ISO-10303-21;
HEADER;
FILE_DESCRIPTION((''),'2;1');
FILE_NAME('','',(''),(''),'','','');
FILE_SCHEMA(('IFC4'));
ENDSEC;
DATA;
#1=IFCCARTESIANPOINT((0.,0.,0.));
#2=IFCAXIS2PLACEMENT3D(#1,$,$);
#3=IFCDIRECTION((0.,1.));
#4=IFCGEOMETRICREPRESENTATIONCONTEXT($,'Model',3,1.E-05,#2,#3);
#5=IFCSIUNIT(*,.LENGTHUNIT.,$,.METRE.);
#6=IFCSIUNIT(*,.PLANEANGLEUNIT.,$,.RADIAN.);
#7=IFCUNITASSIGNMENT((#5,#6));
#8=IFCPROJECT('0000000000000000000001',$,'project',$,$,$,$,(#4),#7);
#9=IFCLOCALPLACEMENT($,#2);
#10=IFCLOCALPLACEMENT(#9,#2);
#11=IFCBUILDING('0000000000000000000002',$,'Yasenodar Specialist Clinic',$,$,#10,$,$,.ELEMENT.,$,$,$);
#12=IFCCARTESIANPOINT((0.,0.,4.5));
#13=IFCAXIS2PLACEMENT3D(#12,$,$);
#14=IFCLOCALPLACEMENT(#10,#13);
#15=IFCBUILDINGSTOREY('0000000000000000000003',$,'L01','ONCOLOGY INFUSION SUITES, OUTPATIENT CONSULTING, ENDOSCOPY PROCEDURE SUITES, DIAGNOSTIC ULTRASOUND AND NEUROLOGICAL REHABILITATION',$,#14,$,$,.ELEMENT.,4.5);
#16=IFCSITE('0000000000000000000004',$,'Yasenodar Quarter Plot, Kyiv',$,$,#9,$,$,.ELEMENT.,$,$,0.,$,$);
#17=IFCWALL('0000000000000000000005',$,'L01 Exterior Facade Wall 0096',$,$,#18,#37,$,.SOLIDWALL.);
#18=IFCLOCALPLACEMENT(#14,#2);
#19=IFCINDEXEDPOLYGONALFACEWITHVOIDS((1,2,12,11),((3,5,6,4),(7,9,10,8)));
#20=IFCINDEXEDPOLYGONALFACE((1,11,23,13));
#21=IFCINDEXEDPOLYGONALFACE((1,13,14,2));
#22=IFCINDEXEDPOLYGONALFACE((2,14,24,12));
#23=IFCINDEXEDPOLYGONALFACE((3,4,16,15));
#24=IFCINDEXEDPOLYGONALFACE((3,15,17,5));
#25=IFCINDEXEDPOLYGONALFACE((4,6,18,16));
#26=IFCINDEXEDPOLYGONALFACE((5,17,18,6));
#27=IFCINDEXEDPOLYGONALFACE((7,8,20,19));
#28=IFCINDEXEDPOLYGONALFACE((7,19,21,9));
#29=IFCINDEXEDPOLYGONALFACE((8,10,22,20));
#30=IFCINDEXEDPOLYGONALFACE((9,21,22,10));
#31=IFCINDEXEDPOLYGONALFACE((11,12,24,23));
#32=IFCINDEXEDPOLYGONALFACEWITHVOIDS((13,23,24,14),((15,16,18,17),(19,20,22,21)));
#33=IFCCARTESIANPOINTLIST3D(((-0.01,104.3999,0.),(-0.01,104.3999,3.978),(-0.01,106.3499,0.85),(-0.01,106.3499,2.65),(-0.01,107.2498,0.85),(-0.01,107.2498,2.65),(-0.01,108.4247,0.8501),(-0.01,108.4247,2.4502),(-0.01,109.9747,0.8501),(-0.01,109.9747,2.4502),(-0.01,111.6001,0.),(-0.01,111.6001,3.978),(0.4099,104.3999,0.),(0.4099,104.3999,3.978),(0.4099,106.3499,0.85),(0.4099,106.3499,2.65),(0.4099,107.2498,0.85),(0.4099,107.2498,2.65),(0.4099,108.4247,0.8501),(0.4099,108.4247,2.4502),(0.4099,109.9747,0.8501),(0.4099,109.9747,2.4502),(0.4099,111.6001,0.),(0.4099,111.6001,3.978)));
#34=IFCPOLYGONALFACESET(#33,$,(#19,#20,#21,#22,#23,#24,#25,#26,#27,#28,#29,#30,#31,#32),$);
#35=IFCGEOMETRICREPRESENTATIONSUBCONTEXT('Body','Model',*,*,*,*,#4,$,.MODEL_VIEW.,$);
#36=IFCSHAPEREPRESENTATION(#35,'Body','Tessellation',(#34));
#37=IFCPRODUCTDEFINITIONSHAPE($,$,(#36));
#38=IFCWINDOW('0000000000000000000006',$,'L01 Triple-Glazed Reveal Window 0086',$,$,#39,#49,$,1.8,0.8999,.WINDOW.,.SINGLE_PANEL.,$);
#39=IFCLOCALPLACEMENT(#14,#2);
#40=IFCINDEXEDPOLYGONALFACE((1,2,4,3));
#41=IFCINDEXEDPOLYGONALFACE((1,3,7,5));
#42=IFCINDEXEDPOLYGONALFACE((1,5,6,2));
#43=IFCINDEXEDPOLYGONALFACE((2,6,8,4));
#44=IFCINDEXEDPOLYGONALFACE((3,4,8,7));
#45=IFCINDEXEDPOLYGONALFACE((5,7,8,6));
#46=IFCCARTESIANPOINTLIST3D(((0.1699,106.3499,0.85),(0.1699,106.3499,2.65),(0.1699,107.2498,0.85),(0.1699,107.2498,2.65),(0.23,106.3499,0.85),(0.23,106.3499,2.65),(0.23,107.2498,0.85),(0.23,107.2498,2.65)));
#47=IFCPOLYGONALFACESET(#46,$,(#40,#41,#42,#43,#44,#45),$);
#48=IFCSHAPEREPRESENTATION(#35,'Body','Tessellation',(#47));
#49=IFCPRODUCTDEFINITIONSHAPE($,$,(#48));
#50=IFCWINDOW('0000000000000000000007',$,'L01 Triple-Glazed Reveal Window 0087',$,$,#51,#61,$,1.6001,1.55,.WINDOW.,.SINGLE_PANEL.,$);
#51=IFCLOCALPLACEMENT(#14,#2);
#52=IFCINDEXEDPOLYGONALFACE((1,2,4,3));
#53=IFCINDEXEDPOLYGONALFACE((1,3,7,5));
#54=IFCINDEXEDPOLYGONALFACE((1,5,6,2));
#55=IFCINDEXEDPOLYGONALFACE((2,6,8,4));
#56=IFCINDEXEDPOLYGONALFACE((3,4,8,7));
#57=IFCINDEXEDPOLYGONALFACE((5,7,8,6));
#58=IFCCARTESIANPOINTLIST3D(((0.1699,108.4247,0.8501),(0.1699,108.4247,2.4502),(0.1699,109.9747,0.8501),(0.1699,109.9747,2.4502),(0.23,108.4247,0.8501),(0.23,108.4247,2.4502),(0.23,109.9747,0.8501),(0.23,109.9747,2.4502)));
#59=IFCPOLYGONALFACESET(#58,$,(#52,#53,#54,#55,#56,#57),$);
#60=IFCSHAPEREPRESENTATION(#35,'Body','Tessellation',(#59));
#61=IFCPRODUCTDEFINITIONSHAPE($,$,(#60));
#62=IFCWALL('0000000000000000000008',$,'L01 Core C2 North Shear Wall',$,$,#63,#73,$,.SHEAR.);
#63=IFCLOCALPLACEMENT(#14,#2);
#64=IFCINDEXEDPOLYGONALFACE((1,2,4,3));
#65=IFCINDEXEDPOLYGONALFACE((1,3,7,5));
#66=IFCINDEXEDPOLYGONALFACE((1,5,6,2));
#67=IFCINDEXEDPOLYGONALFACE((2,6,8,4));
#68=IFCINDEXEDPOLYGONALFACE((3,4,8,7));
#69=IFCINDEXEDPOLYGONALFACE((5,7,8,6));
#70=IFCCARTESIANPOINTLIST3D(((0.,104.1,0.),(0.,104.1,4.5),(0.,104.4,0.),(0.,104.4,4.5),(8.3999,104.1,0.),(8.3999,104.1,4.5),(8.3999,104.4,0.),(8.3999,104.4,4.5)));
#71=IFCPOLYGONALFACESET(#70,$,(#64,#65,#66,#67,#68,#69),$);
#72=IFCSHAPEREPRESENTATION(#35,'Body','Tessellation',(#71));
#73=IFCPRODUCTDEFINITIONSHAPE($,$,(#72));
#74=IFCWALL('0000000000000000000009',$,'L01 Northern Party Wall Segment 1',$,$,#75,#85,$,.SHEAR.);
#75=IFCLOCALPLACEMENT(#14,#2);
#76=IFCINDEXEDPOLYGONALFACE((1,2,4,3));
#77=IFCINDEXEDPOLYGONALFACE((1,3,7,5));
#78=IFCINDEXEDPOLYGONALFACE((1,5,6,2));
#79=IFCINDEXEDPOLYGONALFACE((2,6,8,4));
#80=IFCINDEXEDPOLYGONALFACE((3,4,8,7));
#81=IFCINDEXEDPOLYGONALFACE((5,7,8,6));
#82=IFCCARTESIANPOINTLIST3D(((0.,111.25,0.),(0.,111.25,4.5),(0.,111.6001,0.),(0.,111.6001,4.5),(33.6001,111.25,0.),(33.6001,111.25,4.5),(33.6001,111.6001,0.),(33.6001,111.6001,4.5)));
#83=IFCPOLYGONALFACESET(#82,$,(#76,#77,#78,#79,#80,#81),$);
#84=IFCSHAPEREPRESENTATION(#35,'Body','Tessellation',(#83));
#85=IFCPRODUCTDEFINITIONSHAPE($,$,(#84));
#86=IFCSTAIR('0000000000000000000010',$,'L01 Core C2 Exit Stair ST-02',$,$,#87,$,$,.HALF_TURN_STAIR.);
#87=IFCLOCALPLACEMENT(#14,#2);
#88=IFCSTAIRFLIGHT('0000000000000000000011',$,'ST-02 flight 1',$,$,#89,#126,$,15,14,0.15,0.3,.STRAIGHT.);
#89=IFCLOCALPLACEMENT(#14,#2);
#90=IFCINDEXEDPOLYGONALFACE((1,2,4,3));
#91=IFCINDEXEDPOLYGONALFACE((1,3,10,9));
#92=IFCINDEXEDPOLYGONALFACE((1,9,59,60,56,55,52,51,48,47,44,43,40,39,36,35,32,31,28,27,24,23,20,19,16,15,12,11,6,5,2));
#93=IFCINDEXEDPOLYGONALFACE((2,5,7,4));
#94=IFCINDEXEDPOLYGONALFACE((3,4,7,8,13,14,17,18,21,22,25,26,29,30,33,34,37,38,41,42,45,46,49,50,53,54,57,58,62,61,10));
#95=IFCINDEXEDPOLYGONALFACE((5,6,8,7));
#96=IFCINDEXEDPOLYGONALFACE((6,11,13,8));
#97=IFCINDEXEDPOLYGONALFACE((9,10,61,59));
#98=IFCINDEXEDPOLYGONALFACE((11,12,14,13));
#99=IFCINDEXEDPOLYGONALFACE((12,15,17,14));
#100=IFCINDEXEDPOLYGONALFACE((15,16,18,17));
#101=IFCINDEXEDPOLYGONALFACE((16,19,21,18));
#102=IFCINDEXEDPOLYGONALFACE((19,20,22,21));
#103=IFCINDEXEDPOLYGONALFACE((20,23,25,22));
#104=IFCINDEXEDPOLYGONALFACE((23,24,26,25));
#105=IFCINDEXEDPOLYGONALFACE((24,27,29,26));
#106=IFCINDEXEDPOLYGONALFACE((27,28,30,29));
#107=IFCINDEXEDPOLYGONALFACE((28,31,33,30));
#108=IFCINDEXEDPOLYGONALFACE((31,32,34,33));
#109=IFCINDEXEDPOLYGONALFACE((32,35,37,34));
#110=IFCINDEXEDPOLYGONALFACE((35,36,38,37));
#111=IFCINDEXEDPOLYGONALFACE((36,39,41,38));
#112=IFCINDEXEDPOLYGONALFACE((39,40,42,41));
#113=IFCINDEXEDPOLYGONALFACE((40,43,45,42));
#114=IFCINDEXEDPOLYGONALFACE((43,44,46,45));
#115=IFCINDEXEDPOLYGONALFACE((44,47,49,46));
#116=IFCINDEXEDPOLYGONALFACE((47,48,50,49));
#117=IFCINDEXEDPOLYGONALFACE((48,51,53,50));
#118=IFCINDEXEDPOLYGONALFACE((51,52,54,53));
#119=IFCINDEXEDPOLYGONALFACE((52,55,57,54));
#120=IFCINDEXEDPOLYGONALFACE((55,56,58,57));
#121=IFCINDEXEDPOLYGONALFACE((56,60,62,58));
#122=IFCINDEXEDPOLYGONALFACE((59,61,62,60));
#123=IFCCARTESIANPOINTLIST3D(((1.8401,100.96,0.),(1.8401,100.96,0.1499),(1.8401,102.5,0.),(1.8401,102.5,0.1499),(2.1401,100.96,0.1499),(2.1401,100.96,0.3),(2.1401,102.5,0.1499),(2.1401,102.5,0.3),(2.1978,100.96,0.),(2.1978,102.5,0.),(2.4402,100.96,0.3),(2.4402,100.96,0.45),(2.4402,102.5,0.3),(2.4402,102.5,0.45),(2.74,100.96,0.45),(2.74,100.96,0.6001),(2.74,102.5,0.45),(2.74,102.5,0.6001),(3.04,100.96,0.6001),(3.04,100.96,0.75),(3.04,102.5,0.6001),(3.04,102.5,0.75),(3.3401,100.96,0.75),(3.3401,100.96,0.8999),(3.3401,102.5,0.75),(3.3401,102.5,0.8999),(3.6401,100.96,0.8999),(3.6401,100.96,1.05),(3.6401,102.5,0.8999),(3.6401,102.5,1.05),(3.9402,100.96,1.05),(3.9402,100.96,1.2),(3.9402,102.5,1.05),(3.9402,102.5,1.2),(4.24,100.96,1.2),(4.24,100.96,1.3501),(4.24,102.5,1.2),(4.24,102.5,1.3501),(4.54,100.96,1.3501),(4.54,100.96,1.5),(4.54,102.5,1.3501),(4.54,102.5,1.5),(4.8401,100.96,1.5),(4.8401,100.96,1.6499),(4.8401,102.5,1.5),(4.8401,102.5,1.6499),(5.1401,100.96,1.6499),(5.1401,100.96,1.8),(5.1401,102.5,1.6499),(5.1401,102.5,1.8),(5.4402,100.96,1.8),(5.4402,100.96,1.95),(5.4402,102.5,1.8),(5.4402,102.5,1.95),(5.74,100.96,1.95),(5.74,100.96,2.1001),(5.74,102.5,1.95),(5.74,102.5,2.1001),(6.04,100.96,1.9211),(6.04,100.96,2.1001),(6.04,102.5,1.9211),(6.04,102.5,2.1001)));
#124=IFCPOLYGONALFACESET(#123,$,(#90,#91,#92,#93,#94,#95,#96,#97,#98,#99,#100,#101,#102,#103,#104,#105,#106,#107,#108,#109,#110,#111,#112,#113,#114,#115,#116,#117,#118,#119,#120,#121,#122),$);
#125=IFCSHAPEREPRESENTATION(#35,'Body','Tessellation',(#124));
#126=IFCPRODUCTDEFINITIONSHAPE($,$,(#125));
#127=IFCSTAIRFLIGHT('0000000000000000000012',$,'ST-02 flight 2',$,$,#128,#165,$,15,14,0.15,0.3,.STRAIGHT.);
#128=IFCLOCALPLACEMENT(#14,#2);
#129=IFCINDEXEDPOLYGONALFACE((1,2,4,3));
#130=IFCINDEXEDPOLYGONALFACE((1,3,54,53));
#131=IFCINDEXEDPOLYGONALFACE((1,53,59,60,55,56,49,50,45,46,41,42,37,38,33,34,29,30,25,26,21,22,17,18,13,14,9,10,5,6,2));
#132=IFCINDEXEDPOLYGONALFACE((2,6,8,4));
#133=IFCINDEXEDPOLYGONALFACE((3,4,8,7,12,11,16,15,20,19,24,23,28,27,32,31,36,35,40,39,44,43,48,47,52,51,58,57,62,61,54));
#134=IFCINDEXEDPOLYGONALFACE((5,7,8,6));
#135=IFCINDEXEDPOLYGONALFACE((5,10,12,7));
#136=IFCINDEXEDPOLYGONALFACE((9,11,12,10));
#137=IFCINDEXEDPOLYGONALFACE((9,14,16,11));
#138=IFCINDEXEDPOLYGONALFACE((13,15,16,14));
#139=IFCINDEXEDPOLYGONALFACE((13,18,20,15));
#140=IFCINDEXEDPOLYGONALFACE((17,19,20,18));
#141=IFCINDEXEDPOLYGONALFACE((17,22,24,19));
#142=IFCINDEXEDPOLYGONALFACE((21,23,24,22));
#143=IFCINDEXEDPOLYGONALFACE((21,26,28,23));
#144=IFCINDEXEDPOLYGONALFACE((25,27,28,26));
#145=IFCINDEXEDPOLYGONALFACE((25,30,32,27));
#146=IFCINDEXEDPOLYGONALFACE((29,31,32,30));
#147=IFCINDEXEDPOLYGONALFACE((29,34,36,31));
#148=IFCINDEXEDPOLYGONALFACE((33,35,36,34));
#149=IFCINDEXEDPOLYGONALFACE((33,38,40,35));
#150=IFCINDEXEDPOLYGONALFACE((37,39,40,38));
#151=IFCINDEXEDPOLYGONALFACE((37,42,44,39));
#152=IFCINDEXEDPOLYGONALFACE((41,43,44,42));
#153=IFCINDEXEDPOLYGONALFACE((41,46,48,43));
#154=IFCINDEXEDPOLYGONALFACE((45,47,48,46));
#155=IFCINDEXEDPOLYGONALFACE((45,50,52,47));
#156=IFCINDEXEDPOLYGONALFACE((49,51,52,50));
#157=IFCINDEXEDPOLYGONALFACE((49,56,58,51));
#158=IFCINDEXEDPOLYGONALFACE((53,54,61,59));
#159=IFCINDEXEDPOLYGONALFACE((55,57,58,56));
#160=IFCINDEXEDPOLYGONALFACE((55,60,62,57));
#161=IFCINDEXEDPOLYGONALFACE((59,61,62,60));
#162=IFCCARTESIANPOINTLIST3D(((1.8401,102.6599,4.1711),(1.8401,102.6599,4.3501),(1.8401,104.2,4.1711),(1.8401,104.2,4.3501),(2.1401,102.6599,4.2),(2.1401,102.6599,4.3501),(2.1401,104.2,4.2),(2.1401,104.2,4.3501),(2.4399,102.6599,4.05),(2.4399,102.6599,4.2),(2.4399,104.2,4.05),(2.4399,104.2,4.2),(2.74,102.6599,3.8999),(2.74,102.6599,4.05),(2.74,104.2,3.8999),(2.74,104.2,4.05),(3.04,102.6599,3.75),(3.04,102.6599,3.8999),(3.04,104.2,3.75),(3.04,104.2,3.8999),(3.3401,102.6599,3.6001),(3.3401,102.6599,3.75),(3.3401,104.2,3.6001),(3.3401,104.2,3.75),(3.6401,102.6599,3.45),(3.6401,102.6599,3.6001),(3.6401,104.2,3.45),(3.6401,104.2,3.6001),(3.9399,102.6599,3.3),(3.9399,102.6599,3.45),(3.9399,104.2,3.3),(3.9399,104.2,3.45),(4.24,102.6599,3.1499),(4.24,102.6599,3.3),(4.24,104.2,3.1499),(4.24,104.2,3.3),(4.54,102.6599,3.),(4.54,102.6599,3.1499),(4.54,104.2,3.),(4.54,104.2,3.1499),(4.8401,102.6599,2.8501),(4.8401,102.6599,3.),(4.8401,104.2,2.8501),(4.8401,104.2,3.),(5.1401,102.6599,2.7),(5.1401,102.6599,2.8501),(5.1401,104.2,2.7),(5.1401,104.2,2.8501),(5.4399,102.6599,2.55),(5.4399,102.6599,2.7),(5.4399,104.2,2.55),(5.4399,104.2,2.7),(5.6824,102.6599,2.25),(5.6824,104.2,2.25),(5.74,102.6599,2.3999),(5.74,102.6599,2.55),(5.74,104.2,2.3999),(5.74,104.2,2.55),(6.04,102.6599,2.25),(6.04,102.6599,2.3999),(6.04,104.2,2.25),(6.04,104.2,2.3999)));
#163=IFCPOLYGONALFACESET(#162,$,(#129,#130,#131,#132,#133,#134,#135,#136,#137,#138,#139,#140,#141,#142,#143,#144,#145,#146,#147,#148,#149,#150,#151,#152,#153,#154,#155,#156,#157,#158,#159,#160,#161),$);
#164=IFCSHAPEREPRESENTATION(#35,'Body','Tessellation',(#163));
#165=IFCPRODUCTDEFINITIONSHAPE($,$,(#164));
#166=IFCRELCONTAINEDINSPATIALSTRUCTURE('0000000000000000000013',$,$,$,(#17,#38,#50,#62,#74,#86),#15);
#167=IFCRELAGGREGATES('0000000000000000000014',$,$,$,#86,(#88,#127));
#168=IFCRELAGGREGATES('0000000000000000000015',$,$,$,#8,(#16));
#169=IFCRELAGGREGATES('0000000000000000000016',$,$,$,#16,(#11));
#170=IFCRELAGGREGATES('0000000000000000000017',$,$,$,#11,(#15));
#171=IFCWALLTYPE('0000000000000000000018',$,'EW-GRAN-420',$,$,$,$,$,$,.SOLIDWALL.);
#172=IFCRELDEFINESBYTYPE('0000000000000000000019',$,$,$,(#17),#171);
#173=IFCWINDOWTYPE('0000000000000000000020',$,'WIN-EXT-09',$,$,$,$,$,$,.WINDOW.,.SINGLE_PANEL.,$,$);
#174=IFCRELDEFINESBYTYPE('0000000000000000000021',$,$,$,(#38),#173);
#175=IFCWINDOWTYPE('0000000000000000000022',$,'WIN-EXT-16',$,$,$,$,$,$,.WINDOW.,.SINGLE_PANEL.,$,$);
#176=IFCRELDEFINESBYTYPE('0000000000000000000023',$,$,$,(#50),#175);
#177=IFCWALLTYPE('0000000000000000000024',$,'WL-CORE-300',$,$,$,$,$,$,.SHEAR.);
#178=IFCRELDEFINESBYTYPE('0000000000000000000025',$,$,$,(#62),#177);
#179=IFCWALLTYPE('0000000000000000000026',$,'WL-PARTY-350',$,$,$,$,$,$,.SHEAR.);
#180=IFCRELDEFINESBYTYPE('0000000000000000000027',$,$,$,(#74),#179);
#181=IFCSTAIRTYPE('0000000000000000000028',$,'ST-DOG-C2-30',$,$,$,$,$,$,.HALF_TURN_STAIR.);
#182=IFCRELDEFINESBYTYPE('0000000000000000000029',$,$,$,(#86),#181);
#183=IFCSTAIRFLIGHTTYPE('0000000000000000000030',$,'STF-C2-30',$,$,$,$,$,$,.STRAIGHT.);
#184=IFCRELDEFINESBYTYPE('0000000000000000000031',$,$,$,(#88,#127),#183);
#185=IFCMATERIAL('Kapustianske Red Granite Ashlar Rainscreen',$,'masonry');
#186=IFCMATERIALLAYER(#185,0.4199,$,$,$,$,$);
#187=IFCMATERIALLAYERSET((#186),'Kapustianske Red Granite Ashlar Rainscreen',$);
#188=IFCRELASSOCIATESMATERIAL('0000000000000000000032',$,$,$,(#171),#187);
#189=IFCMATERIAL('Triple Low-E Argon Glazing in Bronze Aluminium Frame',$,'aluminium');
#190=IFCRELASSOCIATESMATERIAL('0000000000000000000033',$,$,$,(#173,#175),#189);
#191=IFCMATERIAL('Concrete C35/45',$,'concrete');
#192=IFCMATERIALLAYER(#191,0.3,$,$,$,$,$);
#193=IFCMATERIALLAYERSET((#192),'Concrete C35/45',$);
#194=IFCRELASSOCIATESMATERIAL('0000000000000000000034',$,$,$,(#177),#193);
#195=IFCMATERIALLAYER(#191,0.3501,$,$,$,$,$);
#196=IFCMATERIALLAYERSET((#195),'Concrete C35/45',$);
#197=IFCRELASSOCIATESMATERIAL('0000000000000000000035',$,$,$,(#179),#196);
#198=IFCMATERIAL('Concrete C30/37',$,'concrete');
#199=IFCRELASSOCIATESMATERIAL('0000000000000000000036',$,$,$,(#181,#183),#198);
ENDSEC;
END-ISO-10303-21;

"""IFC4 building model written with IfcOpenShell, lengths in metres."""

from ifc_helpers import new_model, si_unit, direction, frame, frame_2d, origin, place, context, subcontext, project, spatial, polyline, rectangle, outline, extrude, material, layer, layer_set, type_object, element, fill, aggregate, save


model = new_model("IFC4")

# Units and contexts
model_context = context("Model", 3, precision=1e-05, world=origin(), true_north=direction((0.0, 1.0)))
body_context = subcontext(model_context, "Body", "Model", "MODEL_VIEW")
ifc_project = project(units=[si_unit("LENGTHUNIT", "METRE"), si_unit("PLANEANGLEUNIT", "RADIAN")], contexts=[model_context])

# Site, building, storey
site_placement = place(None, origin())
site = spatial("IfcSite", under=ifc_project, at=site_placement, Name="Yasenodar Quarter Plot, Kyiv", CompositionType="ELEMENT", RefElevation=0.0)
building_placement = place(site_placement, origin())
building = spatial("IfcBuilding", under=site, at=building_placement, Name="Yasenodar Specialist Clinic", CompositionType="ELEMENT")
storey_placement = place(building_placement, frame((0.0, 0.0, 4.5)))
storey = spatial("IfcBuildingStorey", under=building, at=storey_placement, Name="L01", Description="ONCOLOGY INFUSION SUITES, OUTPATIENT CONSULTING, ENDOSCOPY PROCEDURE SUITES, DIAGNOSTIC ULTRASOUND AND NEUROLOGICAL REHABILITATION", CompositionType="ELEMENT", Elevation=4.5)

# Wall, openings, windows
ifc_material_1 = material(Name="Kapustianske Red Granite Ashlar Rainscreen", Category="masonry")
ifc_layer_1 = layer(ifc_material_1, 0.4199)
ifc_layer_set_1 = layer_set([ifc_layer_1], Name="Kapustianske Red Granite Ashlar Rainscreen")
wall_type_1 = type_object("IfcWallType", Name="EW-GRAN-420", PredefinedType="SOLIDWALL", material=ifc_layer_set_1)
wall_1_placement = place(storey_placement, frame((0.2, 104.3999, 0.0), z_axis=(0.0, 0.0, 1.0), x_axis=(0.0, 1.0, 0.0)))
wall_1 = element("IfcWall", 1, at=wall_1_placement, inside=storey, type_object=wall_type_1, Name="L01 Exterior Facade Wall 0096", PredefinedType="SOLIDWALL", context=body_context, shape_type="SweptSolid", body=[
    extrude(rectangle(XDim=7.2002, YDim=0.4199, at=frame_2d((3.6001, 0.0))), origin(), (0.0, 0.0, 1.0), 3.978),
])
opening_1_placement = place(wall_1_placement, frame((1.95, 0.0, 0.8501)))
opening_1 = element("IfcOpeningElement", 2, at=opening_1_placement, cuts=wall_1, PredefinedType="OPENING", context=body_context, shape_type="SweptSolid", body=[
    extrude(rectangle(XDim=0.8999, YDim=1.8, at=frame_2d((0.45, 0.8999))), frame((0.0, 0.22, 0.0), z_axis=(0.0, -1.0, 0.0), x_axis=(1.0, 0.0, 0.0)), (0.0, 0.0, 1.0), 0.4399),
])
opening_2_placement = place(wall_1_placement, frame((4.0249, 0.0, 0.8501)))
opening_2 = element("IfcOpeningElement", 3, at=opening_2_placement, cuts=wall_1, PredefinedType="OPENING", context=body_context, shape_type="SweptSolid", body=[
    extrude(rectangle(XDim=1.55, YDim=1.6001, at=frame_2d((0.7749, 0.8))), frame((0.0, 0.22, 0.0), z_axis=(0.0, -1.0, 0.0), x_axis=(1.0, 0.0, 0.0)), (0.0, 0.0, 1.0), 0.4399),
])
ifc_material_2 = material(Name="Triple Low-E Argon Glazing in Bronze Aluminium Frame", Category="aluminium")
window_type_1 = type_object("IfcWindowType", Name="WIN-EXT-09", PartitioningType="SINGLE_PANEL", PredefinedType="WINDOW", material=ifc_material_2)
window_1_placement = place(opening_1_placement, origin())
window_1 = element("IfcWindow", 4, at=window_1_placement, inside=storey, type_object=window_type_1, Name="L01 Triple-Glazed Reveal Window 0086", OverallHeight=1.8, OverallWidth=0.8999, PartitioningType="SINGLE_PANEL", PredefinedType="WINDOW", context=body_context, shape_type="SweptSolid", body=[
    extrude(rectangle(XDim=0.8999, YDim=1.8, at=frame_2d((0.45, 0.8999))), frame((0.0, 0.03, 0.0), z_axis=(0.0, -1.0, 0.0), x_axis=(1.0, 0.0, 0.0)), (0.0, 0.0, 1.0), 0.0601),
])
fill(opening_1, window_1)
window_type_2 = type_object("IfcWindowType", Name="WIN-EXT-16", PartitioningType="SINGLE_PANEL", PredefinedType="WINDOW", material=ifc_material_2)
window_2_placement = place(opening_2_placement, origin())
window_2 = element("IfcWindow", 5, at=window_2_placement, inside=storey, type_object=window_type_2, Name="L01 Triple-Glazed Reveal Window 0087", OverallHeight=1.6001, OverallWidth=1.55, PartitioningType="SINGLE_PANEL", PredefinedType="WINDOW", context=body_context, shape_type="SweptSolid", body=[
    extrude(rectangle(XDim=1.55, YDim=1.6001, at=frame_2d((0.7749, 0.8))), frame((0.0, 0.03, 0.0), z_axis=(0.0, -1.0, 0.0), x_axis=(1.0, 0.0, 0.0)), (0.0, 0.0, 1.0), 0.0601),
])
fill(opening_2, window_2)

# Walls
ifc_material_3 = material(Name="Concrete C35/45", Category="concrete")
ifc_layer_2 = layer(ifc_material_3, 0.3)
ifc_layer_set_2 = layer_set([ifc_layer_2], Name="Concrete C35/45")
wall_type_2 = type_object("IfcWallType", Name="WL-CORE-300", PredefinedType="SHEAR", material=ifc_layer_set_2)
wall_2_placement = place(storey_placement, frame((0.0, 104.25, 0.0), z_axis=(0.0, 0.0, 1.0), x_axis=(1.0, 0.0, 0.0)))
element("IfcWall", 6, at=wall_2_placement, inside=storey, type_object=wall_type_2, Name="L01 Core C2 North Shear Wall", PredefinedType="SHEAR", context=body_context, shape_type="SweptSolid", body=[
    extrude(rectangle(XDim=8.3999, YDim=0.3, at=frame_2d((4.2, 0.0))), origin(), (0.0, 0.0, 1.0), 4.5),
])
ifc_layer_3 = layer(ifc_material_3, 0.3501)
ifc_layer_set_3 = layer_set([ifc_layer_3], Name="Concrete C35/45")
wall_type_3 = type_object("IfcWallType", Name="WL-PARTY-350", PredefinedType="SHEAR", material=ifc_layer_set_3)
wall_3_placement = place(storey_placement, frame((0.0, 111.425, 0.0), z_axis=(0.0, 0.0, 1.0), x_axis=(1.0, 0.0, 0.0)))
element("IfcWall", 7, at=wall_3_placement, inside=storey, type_object=wall_type_3, Name="L01 Northern Party Wall Segment 1", PredefinedType="SHEAR", context=body_context, shape_type="SweptSolid", body=[
    extrude(rectangle(XDim=33.6001, YDim=0.3501, at=frame_2d((16.8, 0.0))), origin(), (0.0, 0.0, 1.0), 4.5),
])

# Stair, stair flights
ifc_material_4 = material(Name="Concrete C30/37", Category="concrete")
stair_type = type_object("IfcStairType", Name="ST-DOG-C2-30", PredefinedType="HALF_TURN_STAIR", material=ifc_material_4)
stair_placement = place(storey_placement, origin())
stair = element("IfcStair", 8, at=stair_placement, inside=storey, type_object=stair_type, Name="L01 Core C2 Exit Stair ST-02", PredefinedType="HALF_TURN_STAIR")
stair_flight_type = type_object("IfcStairFlightType", Name="STF-C2-30", PredefinedType="STRAIGHT", material=ifc_material_4)
stair_flight_1_placement = place(storey_placement, frame((1.8401, 101.73, 0.0), z_axis=(0.0, 0.0, 1.0), x_axis=(1.0, 0.0, 0.0)))
stair_flight_1 = element("IfcStairFlight", 9, at=stair_flight_1_placement, type_object=stair_flight_type, Name="ST-02 flight 1", NumberOfRisers=15, NumberOfTreads=14, PredefinedType="STRAIGHT", RiserHeight=0.15, TreadLength=0.3, context=body_context, shape_type="SweptSolid", body=[
    extrude(outline(polyline([(0.0, 0.0), (0.0, 0.1499), (0.3, 0.1499), (0.3, 0.3), (0.6001, 0.3), (0.6001, 0.45), (0.8999, 0.45), (0.8999, 0.6001), (1.2, 0.6001), (1.2, 0.75), (1.5, 0.75), (1.5, 0.8999), (1.8, 0.8999), (1.8, 1.05), (2.1001, 1.05), (2.1001, 1.2), (2.3999, 1.2), (2.3999, 1.3501), (2.7, 1.3501), (2.7, 1.5), (3.0, 1.5), (3.0, 1.6499), (3.3, 1.6499), (3.3, 1.8), (3.6001, 1.8), (3.6001, 1.95), (3.8999, 1.95), (3.8999, 2.1001), (4.2, 2.1001), (4.2, 2.25), (4.2, 1.9211), (0.3577, 0.0), (0.0, 0.0)])), frame((0.0, 0.77, 0.0), z_axis=(0.0, -1.0, 0.0), x_axis=(1.0, 0.0, 0.0)), (0.0, 0.0, 1.0), 1.54),
])
stair_flight_2_placement = place(storey_placement, frame((6.04, 103.4299, 2.25), z_axis=(0.0, 0.0, 1.0), x_axis=(-1.0, 0.0, 0.0)))
stair_flight_2 = element("IfcStairFlight", 10, at=stair_flight_2_placement, type_object=stair_flight_type, Name="ST-02 flight 2", NumberOfRisers=15, NumberOfTreads=14, PredefinedType="STRAIGHT", RiserHeight=0.15, TreadLength=0.3, context=body_context, shape_type="SweptSolid", body=[
    extrude(outline(polyline([(0.0, 0.0), (0.0, 0.1499), (0.3, 0.1499), (0.3, 0.3), (0.6001, 0.3), (0.6001, 0.45), (0.8999, 0.45), (0.8999, 0.6001), (1.2, 0.6001), (1.2, 0.75), (1.5, 0.75), (1.5, 0.8999), (1.8, 0.8999), (1.8, 1.05), (2.1001, 1.05), (2.1001, 1.2), (2.3999, 1.2), (2.3999, 1.3501), (2.7, 1.3501), (2.7, 1.5), (3.0, 1.5), (3.0, 1.6499), (3.3, 1.6499), (3.3, 1.8), (3.6001, 1.8), (3.6001, 1.95), (3.8999, 1.95), (3.8999, 2.1001), (4.2, 2.1001), (4.2, 2.25), (4.2, 1.9211), (0.3577, 0.0), (0.0, 0.0)])), frame((0.0, 0.77, 0.0), z_axis=(0.0, -1.0, 0.0), x_axis=(1.0, 0.0, 0.0)), (0.0, 0.0, 1.0), 1.54),
])
aggregate(stair, [stair_flight_1, stair_flight_2])

save(model, "model.ifc")
